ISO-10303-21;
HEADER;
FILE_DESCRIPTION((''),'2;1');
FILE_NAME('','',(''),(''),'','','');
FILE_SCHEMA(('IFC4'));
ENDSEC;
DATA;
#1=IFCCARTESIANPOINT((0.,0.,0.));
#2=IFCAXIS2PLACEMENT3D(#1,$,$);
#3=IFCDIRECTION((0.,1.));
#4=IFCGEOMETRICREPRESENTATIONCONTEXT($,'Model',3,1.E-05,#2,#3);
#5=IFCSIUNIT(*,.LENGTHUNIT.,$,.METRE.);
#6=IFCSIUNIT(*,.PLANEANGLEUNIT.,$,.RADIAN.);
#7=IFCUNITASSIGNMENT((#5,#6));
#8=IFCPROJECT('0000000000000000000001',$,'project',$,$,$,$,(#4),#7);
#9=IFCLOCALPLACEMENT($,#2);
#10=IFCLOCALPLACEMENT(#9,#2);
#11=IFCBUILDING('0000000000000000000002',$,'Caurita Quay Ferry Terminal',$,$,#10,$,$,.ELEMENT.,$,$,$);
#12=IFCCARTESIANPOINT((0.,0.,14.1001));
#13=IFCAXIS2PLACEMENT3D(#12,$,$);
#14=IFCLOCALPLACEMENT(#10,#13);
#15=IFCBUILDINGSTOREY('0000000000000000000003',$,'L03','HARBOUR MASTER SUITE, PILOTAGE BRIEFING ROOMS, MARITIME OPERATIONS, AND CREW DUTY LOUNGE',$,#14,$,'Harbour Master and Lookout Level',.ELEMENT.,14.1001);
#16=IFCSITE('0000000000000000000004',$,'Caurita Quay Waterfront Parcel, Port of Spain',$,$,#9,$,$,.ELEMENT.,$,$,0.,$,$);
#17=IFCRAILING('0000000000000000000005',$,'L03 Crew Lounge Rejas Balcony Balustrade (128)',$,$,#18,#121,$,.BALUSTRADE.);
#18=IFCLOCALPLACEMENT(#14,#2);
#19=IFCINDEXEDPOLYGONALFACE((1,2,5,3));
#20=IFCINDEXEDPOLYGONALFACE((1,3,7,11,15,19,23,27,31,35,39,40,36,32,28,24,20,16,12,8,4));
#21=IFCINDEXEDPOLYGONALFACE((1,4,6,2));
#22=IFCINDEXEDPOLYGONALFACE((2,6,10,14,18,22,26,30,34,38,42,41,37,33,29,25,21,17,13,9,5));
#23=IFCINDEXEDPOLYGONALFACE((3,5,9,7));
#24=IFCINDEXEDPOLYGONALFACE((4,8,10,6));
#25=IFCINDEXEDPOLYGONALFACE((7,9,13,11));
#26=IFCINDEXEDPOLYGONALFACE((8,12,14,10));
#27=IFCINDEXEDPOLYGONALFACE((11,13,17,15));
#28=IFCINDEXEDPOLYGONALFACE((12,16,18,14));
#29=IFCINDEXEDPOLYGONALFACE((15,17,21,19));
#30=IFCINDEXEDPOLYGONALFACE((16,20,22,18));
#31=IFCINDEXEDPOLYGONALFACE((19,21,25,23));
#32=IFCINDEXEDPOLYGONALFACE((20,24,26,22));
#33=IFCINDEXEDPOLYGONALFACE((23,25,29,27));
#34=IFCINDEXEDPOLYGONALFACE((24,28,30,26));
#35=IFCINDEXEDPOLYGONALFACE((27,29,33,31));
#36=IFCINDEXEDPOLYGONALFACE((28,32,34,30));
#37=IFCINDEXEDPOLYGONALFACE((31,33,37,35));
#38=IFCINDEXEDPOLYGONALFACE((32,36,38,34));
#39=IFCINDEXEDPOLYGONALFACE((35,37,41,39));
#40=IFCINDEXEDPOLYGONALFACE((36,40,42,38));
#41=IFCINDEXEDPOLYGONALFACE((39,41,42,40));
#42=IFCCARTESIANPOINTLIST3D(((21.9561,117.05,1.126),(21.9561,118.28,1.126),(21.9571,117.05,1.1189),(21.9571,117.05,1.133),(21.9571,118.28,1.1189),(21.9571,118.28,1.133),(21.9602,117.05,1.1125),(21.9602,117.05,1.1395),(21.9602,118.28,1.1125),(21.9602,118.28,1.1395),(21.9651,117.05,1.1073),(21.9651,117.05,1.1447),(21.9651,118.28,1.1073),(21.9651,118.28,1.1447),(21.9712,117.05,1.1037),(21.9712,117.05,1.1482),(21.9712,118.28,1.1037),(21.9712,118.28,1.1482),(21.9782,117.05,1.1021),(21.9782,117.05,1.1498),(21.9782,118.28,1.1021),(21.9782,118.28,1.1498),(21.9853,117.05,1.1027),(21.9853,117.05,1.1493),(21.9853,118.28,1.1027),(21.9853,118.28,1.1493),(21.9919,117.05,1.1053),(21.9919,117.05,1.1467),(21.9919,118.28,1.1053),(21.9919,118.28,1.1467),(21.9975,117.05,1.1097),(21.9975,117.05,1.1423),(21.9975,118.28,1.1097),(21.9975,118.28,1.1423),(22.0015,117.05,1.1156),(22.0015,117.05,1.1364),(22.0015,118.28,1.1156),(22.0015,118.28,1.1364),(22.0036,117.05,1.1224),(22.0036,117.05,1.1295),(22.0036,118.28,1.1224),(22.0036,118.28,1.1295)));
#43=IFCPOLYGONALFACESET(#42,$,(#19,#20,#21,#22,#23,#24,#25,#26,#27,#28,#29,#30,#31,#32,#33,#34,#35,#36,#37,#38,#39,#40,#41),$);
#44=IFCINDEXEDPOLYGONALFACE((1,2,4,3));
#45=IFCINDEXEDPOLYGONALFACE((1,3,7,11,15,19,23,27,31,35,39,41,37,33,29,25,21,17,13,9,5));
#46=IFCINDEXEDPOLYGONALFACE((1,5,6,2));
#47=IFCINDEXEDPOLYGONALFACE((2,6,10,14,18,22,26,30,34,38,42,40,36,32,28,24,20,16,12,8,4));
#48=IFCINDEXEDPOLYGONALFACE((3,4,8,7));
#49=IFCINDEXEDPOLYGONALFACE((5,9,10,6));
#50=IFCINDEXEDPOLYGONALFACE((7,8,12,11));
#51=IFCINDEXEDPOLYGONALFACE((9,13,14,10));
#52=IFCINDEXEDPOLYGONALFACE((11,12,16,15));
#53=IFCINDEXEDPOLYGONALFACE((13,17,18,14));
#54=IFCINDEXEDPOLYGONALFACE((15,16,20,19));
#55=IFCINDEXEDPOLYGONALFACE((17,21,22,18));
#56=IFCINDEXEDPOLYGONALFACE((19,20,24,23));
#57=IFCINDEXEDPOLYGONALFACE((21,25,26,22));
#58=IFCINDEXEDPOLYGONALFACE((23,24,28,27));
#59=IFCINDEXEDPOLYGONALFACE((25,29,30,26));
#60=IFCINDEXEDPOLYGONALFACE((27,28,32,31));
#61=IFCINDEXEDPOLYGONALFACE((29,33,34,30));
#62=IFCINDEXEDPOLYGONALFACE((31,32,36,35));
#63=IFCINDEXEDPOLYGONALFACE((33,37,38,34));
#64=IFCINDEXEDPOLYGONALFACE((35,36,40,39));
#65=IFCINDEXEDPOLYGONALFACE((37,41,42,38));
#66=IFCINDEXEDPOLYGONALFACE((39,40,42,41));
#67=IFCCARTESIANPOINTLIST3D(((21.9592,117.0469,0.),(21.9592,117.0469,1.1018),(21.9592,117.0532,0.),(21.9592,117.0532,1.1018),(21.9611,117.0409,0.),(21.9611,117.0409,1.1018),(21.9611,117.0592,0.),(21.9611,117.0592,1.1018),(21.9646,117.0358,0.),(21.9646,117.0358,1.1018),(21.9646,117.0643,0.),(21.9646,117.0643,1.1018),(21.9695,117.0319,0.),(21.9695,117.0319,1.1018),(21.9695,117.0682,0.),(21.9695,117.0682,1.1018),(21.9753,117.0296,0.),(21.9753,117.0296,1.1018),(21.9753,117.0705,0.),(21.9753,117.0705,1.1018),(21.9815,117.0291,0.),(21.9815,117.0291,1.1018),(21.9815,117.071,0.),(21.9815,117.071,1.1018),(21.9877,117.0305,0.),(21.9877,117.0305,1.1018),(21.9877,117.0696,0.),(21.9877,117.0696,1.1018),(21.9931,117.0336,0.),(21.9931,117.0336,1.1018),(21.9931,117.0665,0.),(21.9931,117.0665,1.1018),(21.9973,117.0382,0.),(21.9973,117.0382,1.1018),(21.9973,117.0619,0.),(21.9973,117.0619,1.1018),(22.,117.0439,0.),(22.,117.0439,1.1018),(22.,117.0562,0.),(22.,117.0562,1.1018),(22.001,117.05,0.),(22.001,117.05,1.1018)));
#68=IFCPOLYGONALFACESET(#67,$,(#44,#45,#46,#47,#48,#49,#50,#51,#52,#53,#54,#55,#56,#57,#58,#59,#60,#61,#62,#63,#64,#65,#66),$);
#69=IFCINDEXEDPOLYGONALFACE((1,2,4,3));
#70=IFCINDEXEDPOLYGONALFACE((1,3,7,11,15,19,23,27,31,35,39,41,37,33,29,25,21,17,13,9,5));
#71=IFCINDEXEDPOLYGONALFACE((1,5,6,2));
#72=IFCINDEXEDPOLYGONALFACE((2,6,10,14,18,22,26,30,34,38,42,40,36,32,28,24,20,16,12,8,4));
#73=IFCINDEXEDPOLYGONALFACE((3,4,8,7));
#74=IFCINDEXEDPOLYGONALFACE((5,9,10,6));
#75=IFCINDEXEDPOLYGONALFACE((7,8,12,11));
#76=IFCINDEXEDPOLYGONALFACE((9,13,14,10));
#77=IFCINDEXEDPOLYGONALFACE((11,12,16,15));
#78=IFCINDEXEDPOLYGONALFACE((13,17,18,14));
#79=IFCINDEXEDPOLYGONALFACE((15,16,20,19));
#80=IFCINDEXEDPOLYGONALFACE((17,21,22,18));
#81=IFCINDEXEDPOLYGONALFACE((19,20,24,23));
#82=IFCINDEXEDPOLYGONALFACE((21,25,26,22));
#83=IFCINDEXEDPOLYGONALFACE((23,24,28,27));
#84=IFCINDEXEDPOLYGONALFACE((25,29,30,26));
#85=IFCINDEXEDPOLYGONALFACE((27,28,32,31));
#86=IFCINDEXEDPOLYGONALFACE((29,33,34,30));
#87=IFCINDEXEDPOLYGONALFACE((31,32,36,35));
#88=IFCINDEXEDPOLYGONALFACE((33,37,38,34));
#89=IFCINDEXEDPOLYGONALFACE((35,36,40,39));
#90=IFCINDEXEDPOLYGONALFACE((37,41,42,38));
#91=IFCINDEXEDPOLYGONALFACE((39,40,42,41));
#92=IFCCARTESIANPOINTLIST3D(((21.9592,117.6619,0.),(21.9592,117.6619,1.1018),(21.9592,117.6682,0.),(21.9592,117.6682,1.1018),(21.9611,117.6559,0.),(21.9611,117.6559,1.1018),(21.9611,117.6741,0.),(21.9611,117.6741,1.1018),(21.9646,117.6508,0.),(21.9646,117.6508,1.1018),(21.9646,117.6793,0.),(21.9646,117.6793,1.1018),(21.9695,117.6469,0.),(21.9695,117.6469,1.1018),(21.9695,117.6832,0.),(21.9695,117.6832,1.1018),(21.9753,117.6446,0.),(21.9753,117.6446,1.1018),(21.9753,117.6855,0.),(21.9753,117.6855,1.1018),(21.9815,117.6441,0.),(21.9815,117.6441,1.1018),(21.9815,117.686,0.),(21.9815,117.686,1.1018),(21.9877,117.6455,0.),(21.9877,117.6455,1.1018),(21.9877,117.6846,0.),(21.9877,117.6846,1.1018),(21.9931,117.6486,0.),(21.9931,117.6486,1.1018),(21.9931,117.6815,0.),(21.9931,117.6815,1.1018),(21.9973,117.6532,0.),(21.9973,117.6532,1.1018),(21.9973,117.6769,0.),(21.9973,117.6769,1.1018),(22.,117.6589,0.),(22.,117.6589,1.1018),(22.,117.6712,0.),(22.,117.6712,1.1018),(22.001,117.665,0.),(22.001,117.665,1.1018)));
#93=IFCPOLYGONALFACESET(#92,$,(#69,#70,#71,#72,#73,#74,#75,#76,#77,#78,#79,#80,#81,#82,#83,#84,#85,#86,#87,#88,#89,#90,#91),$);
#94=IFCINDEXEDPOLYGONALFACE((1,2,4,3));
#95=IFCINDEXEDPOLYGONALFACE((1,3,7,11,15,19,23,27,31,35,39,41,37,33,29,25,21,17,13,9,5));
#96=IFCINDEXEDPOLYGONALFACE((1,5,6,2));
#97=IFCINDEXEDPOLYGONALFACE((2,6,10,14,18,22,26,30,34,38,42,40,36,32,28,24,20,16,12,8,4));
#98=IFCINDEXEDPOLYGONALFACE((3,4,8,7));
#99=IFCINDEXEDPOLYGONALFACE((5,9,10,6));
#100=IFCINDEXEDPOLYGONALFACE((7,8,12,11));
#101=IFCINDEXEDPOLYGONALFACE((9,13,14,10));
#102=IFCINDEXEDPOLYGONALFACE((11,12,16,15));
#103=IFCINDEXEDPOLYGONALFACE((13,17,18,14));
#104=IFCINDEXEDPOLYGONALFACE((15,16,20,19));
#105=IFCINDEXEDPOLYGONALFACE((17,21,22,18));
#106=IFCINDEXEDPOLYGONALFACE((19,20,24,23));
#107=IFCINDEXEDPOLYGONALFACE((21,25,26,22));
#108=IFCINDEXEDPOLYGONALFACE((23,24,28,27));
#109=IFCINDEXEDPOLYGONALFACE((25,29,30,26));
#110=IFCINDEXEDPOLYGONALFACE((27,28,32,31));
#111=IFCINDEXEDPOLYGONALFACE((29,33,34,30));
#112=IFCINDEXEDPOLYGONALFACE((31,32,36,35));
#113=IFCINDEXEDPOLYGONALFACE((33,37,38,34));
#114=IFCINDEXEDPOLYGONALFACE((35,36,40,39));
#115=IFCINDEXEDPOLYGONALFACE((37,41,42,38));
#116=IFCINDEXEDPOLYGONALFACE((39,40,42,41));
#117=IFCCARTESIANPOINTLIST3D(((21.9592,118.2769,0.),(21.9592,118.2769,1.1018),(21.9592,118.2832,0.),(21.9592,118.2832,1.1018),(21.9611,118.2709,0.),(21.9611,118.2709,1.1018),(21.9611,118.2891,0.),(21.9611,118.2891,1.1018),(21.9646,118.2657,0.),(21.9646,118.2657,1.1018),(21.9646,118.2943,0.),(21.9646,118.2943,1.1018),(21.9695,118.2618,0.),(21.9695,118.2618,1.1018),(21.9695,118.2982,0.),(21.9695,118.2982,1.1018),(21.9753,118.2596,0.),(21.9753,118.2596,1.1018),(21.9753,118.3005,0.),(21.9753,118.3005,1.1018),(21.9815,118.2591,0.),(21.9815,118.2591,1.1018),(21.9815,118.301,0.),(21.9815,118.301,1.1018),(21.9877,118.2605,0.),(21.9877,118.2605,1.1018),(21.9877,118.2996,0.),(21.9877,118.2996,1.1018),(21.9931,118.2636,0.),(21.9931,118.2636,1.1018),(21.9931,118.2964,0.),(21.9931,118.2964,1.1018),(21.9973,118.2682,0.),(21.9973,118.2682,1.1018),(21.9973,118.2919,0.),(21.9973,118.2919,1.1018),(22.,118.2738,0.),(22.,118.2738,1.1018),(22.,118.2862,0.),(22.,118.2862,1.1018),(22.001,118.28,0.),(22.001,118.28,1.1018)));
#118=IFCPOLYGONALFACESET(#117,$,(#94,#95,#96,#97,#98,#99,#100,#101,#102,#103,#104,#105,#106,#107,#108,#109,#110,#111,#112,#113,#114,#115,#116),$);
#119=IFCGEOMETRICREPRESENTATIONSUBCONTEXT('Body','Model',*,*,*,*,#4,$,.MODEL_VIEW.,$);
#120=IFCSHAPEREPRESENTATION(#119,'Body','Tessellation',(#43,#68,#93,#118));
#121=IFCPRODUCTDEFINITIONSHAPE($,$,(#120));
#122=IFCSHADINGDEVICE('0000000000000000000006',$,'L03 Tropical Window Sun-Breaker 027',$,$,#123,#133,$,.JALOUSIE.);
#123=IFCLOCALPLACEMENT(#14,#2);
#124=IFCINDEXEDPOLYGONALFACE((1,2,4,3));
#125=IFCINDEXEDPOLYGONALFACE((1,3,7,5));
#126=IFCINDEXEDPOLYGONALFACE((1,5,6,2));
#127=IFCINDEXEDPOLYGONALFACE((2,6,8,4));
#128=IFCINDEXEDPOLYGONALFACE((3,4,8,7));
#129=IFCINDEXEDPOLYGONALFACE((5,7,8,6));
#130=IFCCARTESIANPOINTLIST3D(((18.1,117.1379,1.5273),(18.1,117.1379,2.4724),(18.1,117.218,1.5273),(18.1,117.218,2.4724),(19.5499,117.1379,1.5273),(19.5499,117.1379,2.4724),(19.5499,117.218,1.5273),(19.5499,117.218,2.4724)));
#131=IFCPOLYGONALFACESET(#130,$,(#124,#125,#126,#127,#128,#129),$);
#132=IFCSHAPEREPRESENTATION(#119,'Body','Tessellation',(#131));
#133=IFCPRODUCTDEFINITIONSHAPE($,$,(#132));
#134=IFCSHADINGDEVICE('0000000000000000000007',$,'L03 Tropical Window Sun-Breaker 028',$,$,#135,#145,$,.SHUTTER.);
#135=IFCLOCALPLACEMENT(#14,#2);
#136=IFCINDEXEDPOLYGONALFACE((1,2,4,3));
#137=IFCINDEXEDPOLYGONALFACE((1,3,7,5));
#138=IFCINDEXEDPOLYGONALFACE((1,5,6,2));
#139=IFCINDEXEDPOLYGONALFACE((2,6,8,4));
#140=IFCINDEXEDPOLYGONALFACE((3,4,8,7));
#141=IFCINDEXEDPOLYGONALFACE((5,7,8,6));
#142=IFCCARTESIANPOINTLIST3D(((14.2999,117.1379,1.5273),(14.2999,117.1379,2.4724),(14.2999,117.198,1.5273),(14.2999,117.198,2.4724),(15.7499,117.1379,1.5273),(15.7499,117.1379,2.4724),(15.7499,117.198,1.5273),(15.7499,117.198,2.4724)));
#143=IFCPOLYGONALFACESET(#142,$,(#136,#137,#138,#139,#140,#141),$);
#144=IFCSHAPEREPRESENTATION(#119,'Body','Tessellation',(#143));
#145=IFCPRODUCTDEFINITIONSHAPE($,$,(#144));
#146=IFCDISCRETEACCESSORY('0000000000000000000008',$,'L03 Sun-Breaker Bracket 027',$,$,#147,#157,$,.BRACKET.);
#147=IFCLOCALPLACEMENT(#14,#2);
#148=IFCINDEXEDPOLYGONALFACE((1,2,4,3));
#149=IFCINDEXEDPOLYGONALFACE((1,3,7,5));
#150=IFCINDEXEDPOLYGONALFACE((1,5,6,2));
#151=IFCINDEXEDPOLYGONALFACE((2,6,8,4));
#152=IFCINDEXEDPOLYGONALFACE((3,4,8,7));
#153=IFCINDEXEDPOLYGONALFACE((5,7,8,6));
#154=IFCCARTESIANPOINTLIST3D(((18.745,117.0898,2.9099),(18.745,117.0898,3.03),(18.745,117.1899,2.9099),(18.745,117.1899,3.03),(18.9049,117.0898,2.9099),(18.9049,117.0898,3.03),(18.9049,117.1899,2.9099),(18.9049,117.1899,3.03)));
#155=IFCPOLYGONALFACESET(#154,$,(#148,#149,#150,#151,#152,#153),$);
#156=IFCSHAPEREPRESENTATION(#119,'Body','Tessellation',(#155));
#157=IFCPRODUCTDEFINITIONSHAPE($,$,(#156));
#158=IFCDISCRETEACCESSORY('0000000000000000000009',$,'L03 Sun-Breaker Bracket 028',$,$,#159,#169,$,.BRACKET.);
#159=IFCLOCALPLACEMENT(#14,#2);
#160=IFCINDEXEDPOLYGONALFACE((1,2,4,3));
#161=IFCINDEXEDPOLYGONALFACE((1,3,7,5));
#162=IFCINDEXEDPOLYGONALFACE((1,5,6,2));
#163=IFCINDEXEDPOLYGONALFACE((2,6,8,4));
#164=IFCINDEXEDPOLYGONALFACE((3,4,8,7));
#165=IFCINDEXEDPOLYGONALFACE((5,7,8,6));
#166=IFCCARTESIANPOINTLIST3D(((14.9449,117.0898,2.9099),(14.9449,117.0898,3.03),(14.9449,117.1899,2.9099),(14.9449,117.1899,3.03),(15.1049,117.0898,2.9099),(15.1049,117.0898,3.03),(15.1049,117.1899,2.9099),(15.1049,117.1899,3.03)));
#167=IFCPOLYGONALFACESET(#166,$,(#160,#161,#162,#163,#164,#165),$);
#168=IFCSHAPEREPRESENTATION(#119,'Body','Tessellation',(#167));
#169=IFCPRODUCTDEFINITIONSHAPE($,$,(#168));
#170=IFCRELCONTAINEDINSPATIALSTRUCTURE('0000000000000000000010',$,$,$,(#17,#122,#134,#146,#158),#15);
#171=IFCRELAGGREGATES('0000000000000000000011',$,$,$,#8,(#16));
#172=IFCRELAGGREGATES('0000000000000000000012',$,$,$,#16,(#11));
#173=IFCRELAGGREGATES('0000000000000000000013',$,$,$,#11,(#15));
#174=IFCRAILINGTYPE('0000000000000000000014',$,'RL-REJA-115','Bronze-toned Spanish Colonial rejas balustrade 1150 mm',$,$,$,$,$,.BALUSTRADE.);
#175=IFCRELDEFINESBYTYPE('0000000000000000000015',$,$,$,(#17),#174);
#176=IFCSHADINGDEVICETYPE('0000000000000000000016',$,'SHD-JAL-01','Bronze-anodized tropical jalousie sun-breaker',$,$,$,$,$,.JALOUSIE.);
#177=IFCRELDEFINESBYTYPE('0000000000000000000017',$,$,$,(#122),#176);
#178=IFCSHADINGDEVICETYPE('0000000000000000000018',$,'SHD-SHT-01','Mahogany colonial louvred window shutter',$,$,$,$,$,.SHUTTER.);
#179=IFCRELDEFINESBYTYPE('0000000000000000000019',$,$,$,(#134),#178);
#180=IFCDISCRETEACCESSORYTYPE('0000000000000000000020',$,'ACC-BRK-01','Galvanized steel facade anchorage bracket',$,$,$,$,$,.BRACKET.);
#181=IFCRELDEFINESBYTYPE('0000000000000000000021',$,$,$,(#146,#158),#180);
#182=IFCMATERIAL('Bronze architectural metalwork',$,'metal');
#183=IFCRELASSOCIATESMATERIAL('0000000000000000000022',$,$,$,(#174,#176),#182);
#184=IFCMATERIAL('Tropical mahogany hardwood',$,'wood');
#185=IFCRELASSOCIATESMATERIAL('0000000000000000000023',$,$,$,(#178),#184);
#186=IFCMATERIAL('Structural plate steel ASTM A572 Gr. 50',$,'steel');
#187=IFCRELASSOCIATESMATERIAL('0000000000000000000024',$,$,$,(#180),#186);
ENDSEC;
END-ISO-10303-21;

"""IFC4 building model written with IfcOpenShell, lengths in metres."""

from ifc_helpers import new_model, si_unit, direction, frame, origin, origin_2d, place, context, subcontext, project, spatial, rectangle, circle, extrude, material, type_object, element, save


model = new_model("IFC4")

# Units and contexts
model_context = context("Model", 3, precision=1e-05, world=origin(), true_north=direction((0.0, 1.0)))
body_context = subcontext(model_context, "Body", "Model", "MODEL_VIEW")
ifc_project = project(units=[si_unit("LENGTHUNIT", "METRE"), si_unit("PLANEANGLEUNIT", "RADIAN")], contexts=[model_context])

# Site, building, storey
site_placement = place(None, origin())
site = spatial("IfcSite", under=ifc_project, at=site_placement, Name="Caurita Quay Waterfront Parcel, Port of Spain", CompositionType="ELEMENT", RefElevation=0.0)
building_placement = place(site_placement, origin())
building = spatial("IfcBuilding", under=site, at=building_placement, Name="Caurita Quay Ferry Terminal", CompositionType="ELEMENT")
storey_placement = place(building_placement, frame((0.0, 0.0, 14.1001)))
storey = spatial("IfcBuildingStorey", under=building, at=storey_placement, Name="L03", Description="HARBOUR MASTER SUITE, PILOTAGE BRIEFING ROOMS, MARITIME OPERATIONS, AND CREW DUTY LOUNGE", LongName="Harbour Master and Lookout Level", CompositionType="ELEMENT", Elevation=14.1001)

# Railing
ifc_material_1 = material(Name="Bronze architectural metalwork", Category="metal")
railing_type = type_object("IfcRailingType", Name="RL-REJA-115", Description="Bronze-toned Spanish Colonial rejas balustrade 1150 mm", PredefinedType="BALUSTRADE", material=ifc_material_1)
railing_1_placement = place(storey_placement, frame((21.98, 117.05, 0.0)))
element("IfcRailing", 1, at=railing_1_placement, inside=storey, type_object=railing_type, Name="L03 Crew Lounge Rejas Balcony Balustrade (128)", PredefinedType="BALUSTRADE", context=body_context, shape_type="SweptSolid", body=[
    extrude(circle(Radius=0.0239, at=origin_2d()), frame((0.0, 0.0, 1.126), z_axis=(0.0, 1.0, 0.0), x_axis=(-1.0, 0.0, 0.0)), (0.0, 0.0, 1.0), 1.23),
    extrude(circle(Radius=0.021, at=origin_2d()), origin(), (0.0, 0.0, 1.0), 1.1018),
    extrude(circle(Radius=0.021, at=origin_2d()), frame((0.0, 0.615, 0.0)), (0.0, 0.0, 1.0), 1.1018),
    extrude(circle(Radius=0.021, at=origin_2d()), frame((0.0, 1.23, 0.0)), (0.0, 0.0, 1.0), 1.1018),
])

# Shading devices
shading_device_type_1 = type_object("IfcShadingDeviceType", Name="SHD-JAL-01", Description="Bronze-anodized tropical jalousie sun-breaker", PredefinedType="JALOUSIE", material=ifc_material_1)
shading_device_1_placement = place(storey_placement, frame((18.825, 117.178, 1.5273), z_axis=(0.0, 0.0, 1.0), x_axis=(-1.0, 0.0, 0.0)))
element("IfcShadingDevice", 2, at=shading_device_1_placement, inside=storey, type_object=shading_device_type_1, Name="L03 Tropical Window Sun-Breaker 027", PredefinedType="JALOUSIE", context=body_context, shape_type="SweptSolid", body=[
    extrude(rectangle(XDim=1.45, YDim=0.0801, at=origin_2d()), origin(), (0.0, 0.0, 1.0), 0.9451),
])
ifc_material_2 = material(Name="Tropical mahogany hardwood", Category="wood")
shading_device_type_2 = type_object("IfcShadingDeviceType", Name="SHD-SHT-01", Description="Mahogany colonial louvred window shutter", PredefinedType="SHUTTER", material=ifc_material_2)
shading_device_2_placement = place(storey_placement, frame((15.0249, 117.168, 1.5273), z_axis=(0.0, 0.0, 1.0), x_axis=(-1.0, 0.0, 0.0)))
element("IfcShadingDevice", 3, at=shading_device_2_placement, inside=storey, type_object=shading_device_type_2, Name="L03 Tropical Window Sun-Breaker 028", PredefinedType="SHUTTER", context=body_context, shape_type="SweptSolid", body=[
    extrude(rectangle(XDim=1.45, YDim=0.0601, at=origin_2d()), origin(), (0.0, 0.0, 1.0), 0.9451),
])

# Discrete accessories
ifc_material_3 = material(Name="Structural plate steel ASTM A572 Gr. 50", Category="steel")
discrete_accessory_type = type_object("IfcDiscreteAccessoryType", Name="ACC-BRK-01", Description="Galvanized steel facade anchorage bracket", PredefinedType="BRACKET", material=ifc_material_3)
for number, where, z_axis, x_axis, name in (
    (4, (18.825, 117.1399, 2.9099), (0.0, 0.0, 1.0), (-1.0, 0.0, 0.0), "L03 Sun-Breaker Bracket 027"),
    (5, (15.0249, 117.1399, 2.9099), (0.0, 0.0, 1.0), (-1.0, 0.0, 0.0), "L03 Sun-Breaker Bracket 028"),
):
    element("IfcDiscreteAccessory", number, at=place(storey_placement, frame(where, z_axis=z_axis, x_axis=x_axis)), inside=storey, type_object=discrete_accessory_type, Name=name, PredefinedType="BRACKET", context=body_context, shape_type="SweptSolid", body=[
        extrude(rectangle(XDim=0.1599, YDim=0.1001, at=origin_2d()), origin(), (0.0, 0.0, 1.0), 0.1201),
    ])

save(model, "model.ifc")
